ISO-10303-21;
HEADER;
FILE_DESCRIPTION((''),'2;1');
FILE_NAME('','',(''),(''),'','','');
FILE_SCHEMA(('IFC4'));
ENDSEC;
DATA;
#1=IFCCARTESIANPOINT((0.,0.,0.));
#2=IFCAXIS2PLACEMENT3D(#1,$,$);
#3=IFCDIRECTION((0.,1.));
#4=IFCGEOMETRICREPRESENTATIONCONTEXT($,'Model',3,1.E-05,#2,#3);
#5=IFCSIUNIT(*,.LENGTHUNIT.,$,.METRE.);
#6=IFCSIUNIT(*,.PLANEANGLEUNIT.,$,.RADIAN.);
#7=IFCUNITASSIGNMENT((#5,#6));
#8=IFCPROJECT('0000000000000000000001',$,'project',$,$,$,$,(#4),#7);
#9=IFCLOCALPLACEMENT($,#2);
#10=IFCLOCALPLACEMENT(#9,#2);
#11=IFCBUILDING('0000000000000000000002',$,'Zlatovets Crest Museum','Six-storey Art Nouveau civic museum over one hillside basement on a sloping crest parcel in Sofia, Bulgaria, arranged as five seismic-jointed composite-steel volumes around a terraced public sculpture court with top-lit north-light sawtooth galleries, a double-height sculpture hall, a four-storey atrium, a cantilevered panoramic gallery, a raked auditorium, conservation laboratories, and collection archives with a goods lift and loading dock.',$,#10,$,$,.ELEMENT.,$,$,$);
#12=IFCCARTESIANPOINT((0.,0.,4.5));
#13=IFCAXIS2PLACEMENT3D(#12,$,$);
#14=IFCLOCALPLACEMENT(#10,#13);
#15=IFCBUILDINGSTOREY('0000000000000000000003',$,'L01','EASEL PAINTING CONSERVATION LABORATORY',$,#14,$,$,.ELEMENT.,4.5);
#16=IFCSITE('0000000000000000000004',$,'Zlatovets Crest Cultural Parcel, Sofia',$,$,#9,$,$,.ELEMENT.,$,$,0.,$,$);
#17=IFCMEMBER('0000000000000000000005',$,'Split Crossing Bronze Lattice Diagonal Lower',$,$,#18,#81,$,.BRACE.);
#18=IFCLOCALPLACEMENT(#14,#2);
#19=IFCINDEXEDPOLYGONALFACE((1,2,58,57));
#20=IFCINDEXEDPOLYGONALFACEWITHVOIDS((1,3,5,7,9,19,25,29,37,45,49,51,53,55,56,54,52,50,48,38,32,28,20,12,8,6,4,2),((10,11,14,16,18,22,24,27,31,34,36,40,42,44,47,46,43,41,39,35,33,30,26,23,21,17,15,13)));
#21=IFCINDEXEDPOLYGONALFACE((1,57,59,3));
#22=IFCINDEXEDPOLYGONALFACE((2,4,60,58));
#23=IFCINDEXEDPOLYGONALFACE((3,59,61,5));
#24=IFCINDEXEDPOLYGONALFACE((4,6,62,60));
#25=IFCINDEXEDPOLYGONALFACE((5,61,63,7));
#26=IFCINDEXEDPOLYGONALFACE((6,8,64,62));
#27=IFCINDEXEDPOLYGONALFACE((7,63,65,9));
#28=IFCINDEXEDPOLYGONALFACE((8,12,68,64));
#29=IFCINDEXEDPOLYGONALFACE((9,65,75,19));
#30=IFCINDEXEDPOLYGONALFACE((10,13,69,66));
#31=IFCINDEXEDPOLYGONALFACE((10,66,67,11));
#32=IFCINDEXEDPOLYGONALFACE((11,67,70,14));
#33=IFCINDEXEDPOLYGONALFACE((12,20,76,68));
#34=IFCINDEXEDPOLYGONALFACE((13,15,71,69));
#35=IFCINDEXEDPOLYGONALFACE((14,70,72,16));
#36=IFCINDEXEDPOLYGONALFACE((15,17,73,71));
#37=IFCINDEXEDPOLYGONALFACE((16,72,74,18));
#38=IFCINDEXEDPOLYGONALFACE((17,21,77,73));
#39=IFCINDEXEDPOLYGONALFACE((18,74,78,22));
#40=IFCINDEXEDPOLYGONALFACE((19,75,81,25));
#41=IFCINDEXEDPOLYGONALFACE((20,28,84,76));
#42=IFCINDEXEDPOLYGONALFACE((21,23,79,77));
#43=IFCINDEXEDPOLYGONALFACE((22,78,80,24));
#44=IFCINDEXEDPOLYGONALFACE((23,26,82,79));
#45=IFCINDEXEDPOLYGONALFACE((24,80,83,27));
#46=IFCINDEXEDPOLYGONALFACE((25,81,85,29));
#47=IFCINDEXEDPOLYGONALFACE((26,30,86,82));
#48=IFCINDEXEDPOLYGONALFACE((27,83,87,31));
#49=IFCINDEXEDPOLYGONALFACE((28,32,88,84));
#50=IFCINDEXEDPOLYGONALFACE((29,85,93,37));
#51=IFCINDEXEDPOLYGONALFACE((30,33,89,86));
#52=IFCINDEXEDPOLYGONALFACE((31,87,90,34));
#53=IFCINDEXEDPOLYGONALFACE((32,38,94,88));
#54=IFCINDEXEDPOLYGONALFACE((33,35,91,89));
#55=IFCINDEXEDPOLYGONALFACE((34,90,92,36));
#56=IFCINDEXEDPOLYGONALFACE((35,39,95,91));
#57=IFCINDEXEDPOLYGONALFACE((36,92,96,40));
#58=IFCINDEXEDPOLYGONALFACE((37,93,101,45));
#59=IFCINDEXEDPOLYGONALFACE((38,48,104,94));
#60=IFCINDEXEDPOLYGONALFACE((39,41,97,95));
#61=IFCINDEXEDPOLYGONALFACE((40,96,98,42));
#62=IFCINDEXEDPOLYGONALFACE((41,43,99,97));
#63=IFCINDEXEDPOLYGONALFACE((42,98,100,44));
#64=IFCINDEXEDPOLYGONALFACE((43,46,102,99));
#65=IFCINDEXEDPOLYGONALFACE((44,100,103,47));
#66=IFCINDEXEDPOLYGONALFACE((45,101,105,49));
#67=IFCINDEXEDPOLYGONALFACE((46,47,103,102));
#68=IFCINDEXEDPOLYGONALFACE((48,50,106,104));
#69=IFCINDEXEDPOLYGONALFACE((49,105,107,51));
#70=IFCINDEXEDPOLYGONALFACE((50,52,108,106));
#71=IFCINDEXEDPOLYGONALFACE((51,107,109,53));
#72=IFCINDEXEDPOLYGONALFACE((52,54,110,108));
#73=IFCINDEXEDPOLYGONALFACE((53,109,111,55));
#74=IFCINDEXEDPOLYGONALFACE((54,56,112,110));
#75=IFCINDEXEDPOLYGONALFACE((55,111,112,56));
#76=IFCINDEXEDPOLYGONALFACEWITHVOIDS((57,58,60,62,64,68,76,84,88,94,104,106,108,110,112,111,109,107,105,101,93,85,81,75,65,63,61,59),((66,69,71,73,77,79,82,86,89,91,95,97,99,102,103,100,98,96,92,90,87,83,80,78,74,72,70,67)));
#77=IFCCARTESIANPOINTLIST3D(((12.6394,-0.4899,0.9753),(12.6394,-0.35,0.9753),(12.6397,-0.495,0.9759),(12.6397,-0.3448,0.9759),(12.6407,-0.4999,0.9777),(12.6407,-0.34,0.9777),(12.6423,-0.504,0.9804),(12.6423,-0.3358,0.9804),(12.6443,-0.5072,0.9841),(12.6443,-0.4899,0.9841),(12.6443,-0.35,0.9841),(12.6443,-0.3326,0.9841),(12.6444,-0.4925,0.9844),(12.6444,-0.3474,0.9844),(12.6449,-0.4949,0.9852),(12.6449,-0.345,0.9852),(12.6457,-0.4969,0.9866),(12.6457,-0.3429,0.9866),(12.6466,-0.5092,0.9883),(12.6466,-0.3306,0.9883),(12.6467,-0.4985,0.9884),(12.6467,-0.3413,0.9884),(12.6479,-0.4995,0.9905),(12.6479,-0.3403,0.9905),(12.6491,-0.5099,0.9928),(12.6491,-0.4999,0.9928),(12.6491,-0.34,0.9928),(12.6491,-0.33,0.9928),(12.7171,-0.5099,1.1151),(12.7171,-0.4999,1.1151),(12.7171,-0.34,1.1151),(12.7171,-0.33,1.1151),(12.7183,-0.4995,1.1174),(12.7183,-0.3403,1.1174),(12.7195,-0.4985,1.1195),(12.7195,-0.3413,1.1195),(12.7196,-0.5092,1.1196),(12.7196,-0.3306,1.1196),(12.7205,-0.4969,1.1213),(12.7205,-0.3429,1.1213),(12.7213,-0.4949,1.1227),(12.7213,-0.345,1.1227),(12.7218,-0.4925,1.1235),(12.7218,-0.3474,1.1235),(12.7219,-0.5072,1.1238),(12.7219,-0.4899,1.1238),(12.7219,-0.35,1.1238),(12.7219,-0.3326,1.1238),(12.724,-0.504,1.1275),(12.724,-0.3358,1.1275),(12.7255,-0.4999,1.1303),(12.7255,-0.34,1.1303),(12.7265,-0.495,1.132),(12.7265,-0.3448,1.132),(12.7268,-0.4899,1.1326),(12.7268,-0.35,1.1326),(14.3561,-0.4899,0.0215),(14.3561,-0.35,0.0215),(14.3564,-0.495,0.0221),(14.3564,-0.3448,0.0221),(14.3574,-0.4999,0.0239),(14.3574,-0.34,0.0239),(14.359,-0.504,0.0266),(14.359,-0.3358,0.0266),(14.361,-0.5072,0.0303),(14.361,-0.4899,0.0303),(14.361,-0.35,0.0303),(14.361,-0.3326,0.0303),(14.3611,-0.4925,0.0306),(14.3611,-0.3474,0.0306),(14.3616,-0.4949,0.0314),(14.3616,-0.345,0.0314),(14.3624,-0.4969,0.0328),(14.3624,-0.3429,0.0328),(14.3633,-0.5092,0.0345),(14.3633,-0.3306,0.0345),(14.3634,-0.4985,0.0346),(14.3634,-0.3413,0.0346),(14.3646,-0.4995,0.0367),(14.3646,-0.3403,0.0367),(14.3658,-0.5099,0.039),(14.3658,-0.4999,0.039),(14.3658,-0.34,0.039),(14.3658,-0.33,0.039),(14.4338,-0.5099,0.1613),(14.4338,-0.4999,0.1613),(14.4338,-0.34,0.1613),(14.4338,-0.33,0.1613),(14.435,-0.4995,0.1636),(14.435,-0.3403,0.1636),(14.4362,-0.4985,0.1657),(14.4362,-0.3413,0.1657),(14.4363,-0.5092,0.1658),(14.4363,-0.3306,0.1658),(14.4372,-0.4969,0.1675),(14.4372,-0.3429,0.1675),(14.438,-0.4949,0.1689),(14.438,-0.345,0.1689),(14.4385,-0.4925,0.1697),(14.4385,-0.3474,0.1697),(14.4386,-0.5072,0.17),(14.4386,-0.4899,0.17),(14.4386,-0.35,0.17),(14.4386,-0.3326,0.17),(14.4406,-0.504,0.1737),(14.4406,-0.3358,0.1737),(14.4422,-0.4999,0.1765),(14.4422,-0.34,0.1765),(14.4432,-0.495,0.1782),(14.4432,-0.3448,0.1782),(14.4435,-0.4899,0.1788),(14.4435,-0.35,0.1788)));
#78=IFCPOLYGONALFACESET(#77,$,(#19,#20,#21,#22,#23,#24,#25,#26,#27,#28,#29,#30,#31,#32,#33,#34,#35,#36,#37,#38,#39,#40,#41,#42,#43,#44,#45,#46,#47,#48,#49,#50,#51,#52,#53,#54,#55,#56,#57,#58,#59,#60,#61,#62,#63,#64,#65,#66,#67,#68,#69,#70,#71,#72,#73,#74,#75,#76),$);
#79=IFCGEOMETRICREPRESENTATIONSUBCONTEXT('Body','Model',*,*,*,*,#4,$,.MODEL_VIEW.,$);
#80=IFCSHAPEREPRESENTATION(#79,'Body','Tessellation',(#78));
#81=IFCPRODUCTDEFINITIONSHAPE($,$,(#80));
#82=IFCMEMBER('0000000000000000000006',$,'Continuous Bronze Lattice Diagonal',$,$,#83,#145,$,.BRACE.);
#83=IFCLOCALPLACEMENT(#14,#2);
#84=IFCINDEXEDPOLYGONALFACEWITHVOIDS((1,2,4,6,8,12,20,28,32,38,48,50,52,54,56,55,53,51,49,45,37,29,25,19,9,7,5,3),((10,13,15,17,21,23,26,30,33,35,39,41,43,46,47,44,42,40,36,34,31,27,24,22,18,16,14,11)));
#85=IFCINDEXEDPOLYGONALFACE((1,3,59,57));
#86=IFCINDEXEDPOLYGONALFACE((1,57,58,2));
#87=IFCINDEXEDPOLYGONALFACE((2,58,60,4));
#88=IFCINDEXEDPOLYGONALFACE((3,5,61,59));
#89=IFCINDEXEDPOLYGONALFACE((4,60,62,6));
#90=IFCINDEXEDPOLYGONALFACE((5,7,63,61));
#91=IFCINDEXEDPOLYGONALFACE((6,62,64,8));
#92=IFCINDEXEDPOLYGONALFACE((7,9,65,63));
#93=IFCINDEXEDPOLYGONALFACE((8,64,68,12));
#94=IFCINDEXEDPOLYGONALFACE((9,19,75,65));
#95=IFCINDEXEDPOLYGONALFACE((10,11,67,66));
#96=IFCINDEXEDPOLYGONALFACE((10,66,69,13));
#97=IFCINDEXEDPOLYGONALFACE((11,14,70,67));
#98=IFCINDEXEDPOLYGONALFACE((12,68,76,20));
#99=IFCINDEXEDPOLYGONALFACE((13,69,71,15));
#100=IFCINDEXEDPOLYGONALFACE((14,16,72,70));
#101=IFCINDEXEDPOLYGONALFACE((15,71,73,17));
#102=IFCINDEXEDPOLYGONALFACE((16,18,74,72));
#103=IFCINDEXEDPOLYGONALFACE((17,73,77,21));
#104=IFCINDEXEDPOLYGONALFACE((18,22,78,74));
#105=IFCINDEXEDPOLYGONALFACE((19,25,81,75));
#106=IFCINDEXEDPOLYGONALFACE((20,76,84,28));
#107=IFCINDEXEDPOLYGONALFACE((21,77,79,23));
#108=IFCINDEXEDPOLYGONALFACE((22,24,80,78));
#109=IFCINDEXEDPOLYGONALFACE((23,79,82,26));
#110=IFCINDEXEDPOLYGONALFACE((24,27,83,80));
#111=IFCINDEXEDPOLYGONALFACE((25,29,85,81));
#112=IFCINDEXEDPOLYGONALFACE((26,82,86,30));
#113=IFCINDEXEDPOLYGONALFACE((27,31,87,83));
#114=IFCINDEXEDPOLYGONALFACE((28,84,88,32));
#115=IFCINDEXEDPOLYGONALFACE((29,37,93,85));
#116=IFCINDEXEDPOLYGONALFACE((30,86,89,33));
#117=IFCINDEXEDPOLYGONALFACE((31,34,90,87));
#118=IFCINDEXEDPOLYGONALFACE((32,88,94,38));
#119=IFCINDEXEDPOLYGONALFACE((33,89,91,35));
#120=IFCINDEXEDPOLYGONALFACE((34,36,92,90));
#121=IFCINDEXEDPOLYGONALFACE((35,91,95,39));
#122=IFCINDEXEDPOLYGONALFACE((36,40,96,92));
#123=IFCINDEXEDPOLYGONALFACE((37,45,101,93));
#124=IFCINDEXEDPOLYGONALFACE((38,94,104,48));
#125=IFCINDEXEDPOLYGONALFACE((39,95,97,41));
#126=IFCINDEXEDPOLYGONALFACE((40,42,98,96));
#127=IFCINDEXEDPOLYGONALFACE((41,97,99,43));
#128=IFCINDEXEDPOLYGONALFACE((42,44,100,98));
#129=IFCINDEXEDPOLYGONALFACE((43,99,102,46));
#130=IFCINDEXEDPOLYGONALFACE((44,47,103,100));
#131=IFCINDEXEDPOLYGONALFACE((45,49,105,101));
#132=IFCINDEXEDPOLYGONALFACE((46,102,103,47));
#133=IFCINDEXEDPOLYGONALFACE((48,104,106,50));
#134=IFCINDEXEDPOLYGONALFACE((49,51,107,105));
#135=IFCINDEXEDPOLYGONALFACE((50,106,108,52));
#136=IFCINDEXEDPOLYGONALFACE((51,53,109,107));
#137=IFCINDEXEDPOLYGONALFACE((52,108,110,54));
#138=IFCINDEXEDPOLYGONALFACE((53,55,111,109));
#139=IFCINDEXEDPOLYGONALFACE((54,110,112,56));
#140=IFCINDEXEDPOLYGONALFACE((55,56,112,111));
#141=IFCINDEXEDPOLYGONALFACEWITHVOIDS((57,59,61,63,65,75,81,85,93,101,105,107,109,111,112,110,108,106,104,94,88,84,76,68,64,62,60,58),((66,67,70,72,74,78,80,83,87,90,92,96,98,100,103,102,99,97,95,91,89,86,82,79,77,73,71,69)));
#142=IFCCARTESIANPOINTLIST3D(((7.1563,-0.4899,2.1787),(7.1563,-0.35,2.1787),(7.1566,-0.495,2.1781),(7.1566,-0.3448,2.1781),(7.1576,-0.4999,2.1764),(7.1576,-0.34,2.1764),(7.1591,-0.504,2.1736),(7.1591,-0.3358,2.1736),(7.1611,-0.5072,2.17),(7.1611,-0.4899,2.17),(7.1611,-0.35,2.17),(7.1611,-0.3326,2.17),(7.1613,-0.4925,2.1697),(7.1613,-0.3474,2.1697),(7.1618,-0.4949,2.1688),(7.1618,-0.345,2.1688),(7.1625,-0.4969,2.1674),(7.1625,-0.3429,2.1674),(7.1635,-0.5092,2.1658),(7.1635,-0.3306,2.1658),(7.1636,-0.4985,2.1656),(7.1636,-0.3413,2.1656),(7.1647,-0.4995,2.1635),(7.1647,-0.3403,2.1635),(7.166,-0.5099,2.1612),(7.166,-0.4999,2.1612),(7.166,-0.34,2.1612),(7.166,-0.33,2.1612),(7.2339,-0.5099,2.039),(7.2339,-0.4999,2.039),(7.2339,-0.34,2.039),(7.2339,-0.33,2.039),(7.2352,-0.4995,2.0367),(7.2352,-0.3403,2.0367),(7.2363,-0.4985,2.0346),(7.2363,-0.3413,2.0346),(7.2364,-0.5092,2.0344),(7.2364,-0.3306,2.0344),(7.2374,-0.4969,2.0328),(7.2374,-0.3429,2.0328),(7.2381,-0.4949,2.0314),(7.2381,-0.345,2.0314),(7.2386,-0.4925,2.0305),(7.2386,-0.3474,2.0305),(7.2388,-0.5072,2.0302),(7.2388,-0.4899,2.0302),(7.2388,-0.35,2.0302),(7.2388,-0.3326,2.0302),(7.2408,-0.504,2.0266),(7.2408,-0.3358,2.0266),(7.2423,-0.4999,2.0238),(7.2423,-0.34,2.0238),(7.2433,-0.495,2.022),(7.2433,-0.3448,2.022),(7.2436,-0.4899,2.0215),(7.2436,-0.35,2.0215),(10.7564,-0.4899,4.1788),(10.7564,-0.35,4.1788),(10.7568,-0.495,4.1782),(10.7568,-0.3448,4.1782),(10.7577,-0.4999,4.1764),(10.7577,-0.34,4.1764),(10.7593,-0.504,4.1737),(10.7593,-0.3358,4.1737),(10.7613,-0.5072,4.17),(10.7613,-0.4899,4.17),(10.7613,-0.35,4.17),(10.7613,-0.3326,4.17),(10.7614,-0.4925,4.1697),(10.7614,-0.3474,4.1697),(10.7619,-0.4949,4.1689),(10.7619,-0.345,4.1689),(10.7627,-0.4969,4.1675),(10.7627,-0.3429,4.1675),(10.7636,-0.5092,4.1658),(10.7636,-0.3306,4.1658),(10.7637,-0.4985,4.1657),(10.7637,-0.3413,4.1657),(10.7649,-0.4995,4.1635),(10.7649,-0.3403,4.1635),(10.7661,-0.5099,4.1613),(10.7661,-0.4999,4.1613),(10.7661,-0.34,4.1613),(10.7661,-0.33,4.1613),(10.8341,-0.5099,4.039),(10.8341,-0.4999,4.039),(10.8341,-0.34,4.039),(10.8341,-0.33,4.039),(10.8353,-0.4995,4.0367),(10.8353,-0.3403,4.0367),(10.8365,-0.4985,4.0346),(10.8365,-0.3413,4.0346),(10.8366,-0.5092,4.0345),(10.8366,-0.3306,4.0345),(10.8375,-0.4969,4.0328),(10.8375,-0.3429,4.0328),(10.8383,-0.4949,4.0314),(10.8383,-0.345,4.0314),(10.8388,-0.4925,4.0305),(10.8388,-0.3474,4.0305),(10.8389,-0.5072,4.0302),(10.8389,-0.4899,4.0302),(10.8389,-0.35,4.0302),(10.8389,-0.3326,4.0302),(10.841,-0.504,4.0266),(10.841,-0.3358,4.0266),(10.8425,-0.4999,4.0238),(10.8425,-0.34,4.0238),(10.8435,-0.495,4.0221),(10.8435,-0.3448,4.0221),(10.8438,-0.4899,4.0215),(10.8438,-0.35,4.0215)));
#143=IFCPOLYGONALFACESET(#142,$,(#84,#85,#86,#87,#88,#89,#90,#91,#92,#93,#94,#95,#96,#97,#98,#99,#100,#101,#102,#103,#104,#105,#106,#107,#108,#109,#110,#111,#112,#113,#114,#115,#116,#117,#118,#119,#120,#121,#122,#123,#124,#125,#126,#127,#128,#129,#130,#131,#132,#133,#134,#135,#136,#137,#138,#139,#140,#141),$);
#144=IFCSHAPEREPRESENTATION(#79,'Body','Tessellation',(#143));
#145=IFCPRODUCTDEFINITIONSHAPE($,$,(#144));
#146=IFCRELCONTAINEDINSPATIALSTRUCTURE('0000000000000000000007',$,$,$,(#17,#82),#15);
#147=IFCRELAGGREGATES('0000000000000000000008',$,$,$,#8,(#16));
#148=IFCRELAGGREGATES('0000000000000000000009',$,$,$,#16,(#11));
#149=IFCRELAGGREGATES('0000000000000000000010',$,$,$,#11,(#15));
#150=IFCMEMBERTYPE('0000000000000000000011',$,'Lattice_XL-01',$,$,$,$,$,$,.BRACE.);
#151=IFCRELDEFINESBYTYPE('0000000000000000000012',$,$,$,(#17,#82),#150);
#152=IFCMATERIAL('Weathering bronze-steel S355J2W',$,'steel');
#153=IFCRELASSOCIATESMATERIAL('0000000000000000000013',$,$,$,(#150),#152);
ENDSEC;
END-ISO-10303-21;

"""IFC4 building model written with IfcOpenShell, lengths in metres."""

from ifc_helpers import new_model, si_unit, direction, frame, origin, origin_2d, place, context, subcontext, project, spatial, hollow_rectangle, extrude, material, material_profile, profile_set, type_object, element, save


model = new_model("IFC4")

# Units and contexts
model_context = context("Model", 3, precision=1e-05, world=origin(), true_north=direction((0.0, 1.0)))
body_context = subcontext(model_context, "Body", "Model", "MODEL_VIEW")
ifc_project = project(units=[si_unit("LENGTHUNIT", "METRE"), si_unit("PLANEANGLEUNIT", "RADIAN")], contexts=[model_context])

# Site, building, storey
site_placement = place(None, origin())
site = spatial("IfcSite", under=ifc_project, at=site_placement, Name="Zlatovets Crest Cultural Parcel, Sofia", CompositionType="ELEMENT", RefElevation=0.0)
building_placement = place(site_placement, origin())
building = spatial("IfcBuilding", under=site, at=building_placement, Name="Zlatovets Crest Museum", Description="Six-storey Art Nouveau civic museum over one hillside basement on a sloping crest parcel in Sofia, Bulgaria, arranged as five seismic-jointed composite-steel volumes around a terraced public sculpture court with top-lit north-light sawtooth galleries, a double-height sculpture hall, a four-storey atrium, a cantilevered panoramic gallery, a raked auditorium, conservation laboratories, and collection archives with a goods lift and loading dock.", CompositionType="ELEMENT")
storey_placement = place(building_placement, frame((0.0, 0.0, 4.5)))
storey = spatial("IfcBuildingStorey", under=building, at=storey_placement, Name="L01", Description="EASEL PAINTING CONSERVATION LABORATORY", CompositionType="ELEMENT", Elevation=4.5)

# Members
ifc_material_1 = material(Name="Weathering bronze-steel S355J2W", Category="steel")
ifc_material_profile_1 = material_profile(ifc_material_1, hollow_rectangle(XDim=0.1799, YDim=0.1799, WallThickness=0.01, InnerFilletRadius=0.01, OuterFilletRadius=0.02, at=origin_2d()), Name="SHS 180x180x10.0")
ifc_profile_set_1 = profile_set([ifc_material_profile_1], Name="Weathering bronze-steel S355J2W")
member_type_1 = type_object("IfcMemberType", Name="Lattice_XL-01", PredefinedType="BRACE", material=ifc_profile_set_1)
member_1_placement = place(storey_placement, frame((12.6831, -0.4199, 1.054), z_axis=(0.87414, 0.0, -0.485675), x_axis=(0.0, 1.0, 0.0)))
element("IfcMember", 1, at=member_1_placement, inside=storey, type_object=member_type_1, Name="Split Crossing Bronze Lattice Diagonal Lower", PredefinedType="BRACE", context=body_context, shape_type="SweptSolid", body=[
    extrude(hollow_rectangle(XDim=0.1799, YDim=0.1799, WallThickness=0.01, InnerFilletRadius=0.01, OuterFilletRadius=0.02, at=origin_2d()), origin(), (0.0, 0.0, 1.0), 1.9639),
])
member_2_placement = place(storey_placement, frame((7.2, -0.4199, 2.1001), z_axis=(0.874163, 0.0, 0.485633), x_axis=(0.0, 1.0, 0.0)))
element("IfcMember", 2, at=member_2_placement, inside=storey, type_object=member_type_1, Name="Continuous Bronze Lattice Diagonal", PredefinedType="BRACE", context=body_context, shape_type="SweptSolid", body=[
    extrude(hollow_rectangle(XDim=0.1799, YDim=0.1799, WallThickness=0.01, InnerFilletRadius=0.01, OuterFilletRadius=0.02, at=origin_2d()), origin(), (0.0, 0.0, 1.0), 4.1184),
])

save(model, "model.ifc")
